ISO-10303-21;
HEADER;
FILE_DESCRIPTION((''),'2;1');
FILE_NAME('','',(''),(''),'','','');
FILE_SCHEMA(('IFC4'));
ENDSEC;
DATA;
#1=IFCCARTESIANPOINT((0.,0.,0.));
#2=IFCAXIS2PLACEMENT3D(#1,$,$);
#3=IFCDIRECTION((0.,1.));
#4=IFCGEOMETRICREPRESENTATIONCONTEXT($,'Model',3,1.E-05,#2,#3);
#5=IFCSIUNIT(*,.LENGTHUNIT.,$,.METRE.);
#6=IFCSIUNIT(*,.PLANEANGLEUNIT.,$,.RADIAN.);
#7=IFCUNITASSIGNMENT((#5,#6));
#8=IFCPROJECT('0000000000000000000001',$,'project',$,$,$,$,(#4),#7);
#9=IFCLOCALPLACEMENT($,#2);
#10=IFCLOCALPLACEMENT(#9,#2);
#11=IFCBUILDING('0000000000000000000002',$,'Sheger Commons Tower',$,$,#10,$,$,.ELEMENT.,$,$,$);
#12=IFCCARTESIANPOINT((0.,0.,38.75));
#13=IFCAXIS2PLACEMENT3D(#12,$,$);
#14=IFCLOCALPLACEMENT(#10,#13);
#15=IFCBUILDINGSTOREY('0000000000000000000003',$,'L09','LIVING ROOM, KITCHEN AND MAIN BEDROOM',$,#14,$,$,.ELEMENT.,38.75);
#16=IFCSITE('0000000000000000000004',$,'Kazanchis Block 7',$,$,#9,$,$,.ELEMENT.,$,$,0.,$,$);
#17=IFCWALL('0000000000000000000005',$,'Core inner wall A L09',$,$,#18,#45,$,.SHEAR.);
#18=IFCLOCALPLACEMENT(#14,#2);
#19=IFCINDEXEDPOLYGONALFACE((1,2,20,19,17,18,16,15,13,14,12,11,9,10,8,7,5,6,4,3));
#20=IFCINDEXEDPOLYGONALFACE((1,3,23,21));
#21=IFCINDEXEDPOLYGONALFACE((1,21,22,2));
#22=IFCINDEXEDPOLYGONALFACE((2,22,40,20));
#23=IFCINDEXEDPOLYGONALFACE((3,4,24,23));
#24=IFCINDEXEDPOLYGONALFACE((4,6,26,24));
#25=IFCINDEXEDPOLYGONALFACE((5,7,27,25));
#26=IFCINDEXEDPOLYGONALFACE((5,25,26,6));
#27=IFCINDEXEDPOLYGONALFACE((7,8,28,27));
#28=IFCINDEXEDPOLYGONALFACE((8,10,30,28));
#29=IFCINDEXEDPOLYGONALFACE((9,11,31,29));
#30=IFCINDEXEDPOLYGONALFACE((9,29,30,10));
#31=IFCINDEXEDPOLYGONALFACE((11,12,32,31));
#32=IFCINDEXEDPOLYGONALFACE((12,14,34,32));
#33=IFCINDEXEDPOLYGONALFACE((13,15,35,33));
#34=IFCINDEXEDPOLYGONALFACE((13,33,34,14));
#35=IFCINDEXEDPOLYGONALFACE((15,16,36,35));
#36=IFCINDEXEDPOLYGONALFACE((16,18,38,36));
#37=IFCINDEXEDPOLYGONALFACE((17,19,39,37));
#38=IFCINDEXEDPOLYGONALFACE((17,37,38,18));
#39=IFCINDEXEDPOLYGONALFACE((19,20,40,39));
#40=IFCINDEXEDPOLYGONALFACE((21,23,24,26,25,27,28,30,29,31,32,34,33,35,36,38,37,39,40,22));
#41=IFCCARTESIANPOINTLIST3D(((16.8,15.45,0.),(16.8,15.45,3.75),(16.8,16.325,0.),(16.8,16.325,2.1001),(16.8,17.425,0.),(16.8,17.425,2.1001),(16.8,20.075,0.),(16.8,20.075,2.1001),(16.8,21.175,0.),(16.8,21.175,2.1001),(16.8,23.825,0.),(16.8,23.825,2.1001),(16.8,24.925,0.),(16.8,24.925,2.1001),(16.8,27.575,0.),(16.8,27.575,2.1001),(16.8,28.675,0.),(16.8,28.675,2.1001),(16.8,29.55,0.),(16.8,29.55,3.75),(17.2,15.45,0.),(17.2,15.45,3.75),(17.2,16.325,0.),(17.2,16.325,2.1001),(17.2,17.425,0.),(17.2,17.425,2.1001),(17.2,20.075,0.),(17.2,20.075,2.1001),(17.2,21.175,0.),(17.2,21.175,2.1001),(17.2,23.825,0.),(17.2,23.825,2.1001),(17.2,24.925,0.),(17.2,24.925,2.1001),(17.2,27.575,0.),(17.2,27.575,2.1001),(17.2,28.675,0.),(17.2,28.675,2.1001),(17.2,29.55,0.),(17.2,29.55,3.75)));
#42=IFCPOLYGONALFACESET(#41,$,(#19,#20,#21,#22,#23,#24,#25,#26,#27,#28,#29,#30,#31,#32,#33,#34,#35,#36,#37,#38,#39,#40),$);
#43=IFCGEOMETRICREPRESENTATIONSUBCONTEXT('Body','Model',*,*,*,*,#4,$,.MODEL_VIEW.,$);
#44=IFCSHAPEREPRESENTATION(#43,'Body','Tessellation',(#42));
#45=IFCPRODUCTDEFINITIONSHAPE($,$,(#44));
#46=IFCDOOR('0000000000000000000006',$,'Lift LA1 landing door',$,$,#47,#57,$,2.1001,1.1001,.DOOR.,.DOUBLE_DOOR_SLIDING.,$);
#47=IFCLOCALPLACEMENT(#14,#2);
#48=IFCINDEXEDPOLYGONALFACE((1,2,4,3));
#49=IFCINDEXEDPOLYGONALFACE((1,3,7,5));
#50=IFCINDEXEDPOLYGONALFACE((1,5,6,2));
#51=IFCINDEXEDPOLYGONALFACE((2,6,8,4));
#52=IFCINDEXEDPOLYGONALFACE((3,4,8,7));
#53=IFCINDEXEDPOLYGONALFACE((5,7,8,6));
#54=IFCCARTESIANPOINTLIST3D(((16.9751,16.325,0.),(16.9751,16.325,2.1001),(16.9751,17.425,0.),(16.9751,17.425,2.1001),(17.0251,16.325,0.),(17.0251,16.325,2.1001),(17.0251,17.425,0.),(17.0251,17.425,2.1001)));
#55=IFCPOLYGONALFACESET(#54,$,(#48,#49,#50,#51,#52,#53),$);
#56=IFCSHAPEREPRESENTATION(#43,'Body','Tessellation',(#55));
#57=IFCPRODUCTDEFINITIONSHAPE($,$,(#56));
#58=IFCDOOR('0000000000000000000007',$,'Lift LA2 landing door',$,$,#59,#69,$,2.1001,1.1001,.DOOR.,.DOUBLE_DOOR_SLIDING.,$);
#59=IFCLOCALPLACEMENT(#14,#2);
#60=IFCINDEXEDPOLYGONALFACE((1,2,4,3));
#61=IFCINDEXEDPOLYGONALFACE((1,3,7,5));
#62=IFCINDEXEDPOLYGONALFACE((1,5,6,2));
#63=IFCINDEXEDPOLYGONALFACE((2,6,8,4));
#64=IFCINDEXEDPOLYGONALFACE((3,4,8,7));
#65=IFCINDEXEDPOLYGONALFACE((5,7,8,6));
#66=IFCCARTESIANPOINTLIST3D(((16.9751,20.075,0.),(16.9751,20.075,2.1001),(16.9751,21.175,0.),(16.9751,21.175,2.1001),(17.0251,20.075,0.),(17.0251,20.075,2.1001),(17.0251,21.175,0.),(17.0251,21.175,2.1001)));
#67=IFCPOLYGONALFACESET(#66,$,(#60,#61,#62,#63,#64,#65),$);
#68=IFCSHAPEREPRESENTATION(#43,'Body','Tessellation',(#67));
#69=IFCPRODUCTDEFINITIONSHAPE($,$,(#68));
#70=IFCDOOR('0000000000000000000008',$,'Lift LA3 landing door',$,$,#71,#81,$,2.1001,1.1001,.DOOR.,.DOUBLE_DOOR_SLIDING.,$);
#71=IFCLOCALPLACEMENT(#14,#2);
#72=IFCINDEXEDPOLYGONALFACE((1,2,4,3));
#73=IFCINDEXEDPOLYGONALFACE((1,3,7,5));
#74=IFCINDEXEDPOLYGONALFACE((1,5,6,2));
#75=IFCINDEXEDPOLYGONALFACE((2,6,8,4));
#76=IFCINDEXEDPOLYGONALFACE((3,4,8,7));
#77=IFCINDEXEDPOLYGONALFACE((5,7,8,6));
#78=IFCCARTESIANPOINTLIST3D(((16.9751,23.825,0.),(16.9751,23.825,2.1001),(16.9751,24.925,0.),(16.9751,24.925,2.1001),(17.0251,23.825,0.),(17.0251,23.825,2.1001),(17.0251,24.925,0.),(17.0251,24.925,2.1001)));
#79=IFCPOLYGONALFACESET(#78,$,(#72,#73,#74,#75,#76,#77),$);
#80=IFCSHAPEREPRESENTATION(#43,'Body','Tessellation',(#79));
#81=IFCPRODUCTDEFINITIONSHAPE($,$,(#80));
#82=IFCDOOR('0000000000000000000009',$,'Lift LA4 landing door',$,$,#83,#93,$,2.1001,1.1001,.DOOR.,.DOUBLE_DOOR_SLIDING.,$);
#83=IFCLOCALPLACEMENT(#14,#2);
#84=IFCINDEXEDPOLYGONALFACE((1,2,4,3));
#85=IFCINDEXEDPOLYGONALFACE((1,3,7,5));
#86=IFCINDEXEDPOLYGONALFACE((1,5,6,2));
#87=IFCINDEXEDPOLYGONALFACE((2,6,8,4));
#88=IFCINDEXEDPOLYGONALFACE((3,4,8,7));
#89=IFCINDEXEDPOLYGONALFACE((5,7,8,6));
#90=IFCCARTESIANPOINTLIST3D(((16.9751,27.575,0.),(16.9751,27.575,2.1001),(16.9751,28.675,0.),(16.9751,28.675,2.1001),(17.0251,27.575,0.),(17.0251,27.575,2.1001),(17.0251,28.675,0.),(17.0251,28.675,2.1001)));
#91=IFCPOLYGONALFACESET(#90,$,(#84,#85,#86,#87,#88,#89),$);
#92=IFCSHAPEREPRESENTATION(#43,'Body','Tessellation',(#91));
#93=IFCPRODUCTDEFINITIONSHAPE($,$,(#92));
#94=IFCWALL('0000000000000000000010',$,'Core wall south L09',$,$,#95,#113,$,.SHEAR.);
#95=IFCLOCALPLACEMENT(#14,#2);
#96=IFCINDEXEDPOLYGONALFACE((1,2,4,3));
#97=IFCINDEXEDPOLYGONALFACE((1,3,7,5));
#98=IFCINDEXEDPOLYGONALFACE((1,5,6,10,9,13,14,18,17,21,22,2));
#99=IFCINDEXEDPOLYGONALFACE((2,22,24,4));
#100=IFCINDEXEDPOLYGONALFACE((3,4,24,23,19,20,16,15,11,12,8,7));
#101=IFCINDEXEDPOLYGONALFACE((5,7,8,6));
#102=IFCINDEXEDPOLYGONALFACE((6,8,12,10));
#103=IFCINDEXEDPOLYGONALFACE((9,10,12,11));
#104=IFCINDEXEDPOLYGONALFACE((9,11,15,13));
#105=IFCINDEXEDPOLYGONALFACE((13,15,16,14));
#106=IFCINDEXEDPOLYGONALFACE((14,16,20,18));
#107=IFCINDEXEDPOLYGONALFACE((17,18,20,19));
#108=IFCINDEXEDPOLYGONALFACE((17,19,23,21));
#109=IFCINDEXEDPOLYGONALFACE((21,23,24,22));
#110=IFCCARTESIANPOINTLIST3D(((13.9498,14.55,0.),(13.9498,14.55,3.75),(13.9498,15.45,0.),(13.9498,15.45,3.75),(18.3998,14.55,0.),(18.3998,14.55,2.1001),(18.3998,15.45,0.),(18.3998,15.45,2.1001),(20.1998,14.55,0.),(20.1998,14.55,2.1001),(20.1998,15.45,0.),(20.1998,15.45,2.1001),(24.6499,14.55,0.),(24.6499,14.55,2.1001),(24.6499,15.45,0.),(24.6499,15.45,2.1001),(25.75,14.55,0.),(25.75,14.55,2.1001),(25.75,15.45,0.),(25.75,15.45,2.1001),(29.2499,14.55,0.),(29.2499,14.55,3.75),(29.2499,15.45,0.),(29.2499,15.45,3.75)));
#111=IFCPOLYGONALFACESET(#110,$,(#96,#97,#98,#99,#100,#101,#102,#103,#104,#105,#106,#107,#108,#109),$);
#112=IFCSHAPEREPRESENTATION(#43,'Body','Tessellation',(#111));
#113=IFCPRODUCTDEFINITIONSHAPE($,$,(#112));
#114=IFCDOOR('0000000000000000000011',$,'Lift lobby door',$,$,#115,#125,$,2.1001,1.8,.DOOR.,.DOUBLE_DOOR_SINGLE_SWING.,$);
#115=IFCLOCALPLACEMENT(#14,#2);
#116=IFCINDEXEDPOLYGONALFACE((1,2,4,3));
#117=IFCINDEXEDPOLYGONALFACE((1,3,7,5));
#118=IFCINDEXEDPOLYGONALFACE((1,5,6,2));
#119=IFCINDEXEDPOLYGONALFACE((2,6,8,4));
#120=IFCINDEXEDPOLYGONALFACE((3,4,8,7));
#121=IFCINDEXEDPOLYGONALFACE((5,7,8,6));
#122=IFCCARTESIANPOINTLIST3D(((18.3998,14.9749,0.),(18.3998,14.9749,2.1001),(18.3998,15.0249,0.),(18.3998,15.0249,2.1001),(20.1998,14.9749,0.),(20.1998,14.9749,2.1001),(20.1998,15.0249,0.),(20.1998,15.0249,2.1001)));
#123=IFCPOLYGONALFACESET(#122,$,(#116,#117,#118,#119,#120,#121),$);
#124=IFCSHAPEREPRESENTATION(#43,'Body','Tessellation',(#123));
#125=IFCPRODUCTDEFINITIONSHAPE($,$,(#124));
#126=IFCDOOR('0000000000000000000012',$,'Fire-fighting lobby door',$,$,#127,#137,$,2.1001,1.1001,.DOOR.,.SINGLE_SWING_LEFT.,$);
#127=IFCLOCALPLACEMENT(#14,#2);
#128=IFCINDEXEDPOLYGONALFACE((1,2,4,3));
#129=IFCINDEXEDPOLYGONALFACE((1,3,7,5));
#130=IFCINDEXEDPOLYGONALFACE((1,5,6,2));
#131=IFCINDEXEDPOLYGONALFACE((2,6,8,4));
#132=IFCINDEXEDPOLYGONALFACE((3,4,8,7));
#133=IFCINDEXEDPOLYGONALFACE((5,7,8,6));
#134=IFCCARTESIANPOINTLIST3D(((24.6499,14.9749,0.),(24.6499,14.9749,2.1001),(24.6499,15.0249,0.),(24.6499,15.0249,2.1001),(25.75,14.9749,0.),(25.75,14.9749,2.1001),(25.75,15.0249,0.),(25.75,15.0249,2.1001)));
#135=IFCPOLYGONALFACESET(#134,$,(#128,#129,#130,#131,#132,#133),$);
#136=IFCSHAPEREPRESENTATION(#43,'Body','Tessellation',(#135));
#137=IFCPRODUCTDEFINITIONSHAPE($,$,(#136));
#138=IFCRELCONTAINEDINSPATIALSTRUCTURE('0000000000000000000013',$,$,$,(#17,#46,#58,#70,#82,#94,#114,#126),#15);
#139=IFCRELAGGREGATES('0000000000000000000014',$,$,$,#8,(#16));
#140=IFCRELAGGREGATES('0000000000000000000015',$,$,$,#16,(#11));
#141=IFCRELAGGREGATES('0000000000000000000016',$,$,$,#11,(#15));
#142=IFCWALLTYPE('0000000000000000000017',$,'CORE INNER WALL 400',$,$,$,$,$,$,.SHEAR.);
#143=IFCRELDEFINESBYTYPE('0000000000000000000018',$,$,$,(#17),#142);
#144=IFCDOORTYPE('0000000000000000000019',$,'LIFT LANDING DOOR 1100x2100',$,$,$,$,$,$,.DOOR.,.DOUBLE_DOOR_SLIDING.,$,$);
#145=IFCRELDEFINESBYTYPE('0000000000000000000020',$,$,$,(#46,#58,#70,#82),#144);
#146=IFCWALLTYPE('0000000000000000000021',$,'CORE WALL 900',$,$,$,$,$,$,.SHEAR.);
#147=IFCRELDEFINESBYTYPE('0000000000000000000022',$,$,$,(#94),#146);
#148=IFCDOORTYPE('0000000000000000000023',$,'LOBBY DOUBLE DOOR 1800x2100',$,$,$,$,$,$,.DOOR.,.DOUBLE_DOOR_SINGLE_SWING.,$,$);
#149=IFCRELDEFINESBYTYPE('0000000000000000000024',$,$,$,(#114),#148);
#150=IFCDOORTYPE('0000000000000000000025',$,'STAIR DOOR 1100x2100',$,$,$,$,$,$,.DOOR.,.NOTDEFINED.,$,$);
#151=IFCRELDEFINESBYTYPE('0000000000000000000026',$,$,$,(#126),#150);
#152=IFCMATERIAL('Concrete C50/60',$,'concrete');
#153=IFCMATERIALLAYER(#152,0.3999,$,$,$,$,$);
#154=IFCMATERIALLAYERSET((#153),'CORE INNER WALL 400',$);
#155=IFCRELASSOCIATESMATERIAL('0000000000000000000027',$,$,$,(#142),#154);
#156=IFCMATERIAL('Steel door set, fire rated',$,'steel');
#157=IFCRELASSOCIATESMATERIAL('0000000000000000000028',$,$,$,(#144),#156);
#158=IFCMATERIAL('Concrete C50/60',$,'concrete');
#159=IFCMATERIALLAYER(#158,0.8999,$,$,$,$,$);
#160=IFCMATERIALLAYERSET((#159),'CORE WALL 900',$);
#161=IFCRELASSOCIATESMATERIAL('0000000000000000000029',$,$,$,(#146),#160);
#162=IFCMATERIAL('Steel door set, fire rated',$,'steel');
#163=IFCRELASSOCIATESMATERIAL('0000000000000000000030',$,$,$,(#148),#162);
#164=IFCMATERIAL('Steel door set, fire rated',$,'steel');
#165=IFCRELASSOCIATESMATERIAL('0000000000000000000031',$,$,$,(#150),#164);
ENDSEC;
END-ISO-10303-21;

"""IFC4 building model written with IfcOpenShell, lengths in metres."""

from ifc_helpers import new_model, si_unit, direction, frame, frame_2d, origin, place, context, subcontext, project, spatial, rectangle, extrude, material, layer, layer_set, type_object, element, fill, save


model = new_model("IFC4")

# Units and contexts
model_context = context("Model", 3, precision=1e-05, world=origin(), true_north=direction((0.0, 1.0)))
body_context = subcontext(model_context, "Body", "Model", "MODEL_VIEW")
ifc_project = project(units=[si_unit("LENGTHUNIT", "METRE"), si_unit("PLANEANGLEUNIT", "RADIAN")], contexts=[model_context])

# Site, building, storey
site_placement = place(None, origin())
site = spatial("IfcSite", under=ifc_project, at=site_placement, Name="Kazanchis Block 7", CompositionType="ELEMENT", RefElevation=0.0)
building_placement = place(site_placement, origin())
building = spatial("IfcBuilding", under=site, at=building_placement, Name="Sheger Commons Tower", CompositionType="ELEMENT")
storey_placement = place(building_placement, frame((0.0, 0.0, 38.75)))
storey = spatial("IfcBuildingStorey", under=building, at=storey_placement, Name="L09", Description="LIVING ROOM, KITCHEN AND MAIN BEDROOM", CompositionType="ELEMENT", Elevation=38.75)

# Walls, openings, doors
ifc_material_1 = material(Name="Concrete C50/60", Category="concrete")
ifc_layer_1 = layer(ifc_material_1, 0.3999)
ifc_layer_set_1 = layer_set([ifc_layer_1], Name="CORE INNER WALL 400")
wall_type_1 = type_object("IfcWallType", Name="CORE INNER WALL 400", PredefinedType="SHEAR", material=ifc_layer_set_1)
wall_1_placement = place(storey_placement, frame((17.0, 15.45, 0.0), z_axis=(0.0, 0.0, 1.0), x_axis=(0.0, 1.0, 0.0)))
wall_1 = element("IfcWall", 1, at=wall_1_placement, inside=storey, type_object=wall_type_1, Name="Core inner wall A L09", PredefinedType="SHEAR", context=body_context, shape_type="SweptSolid", body=[
    extrude(rectangle(XDim=14.1001, YDim=0.3999, at=frame_2d((7.05, 0.0))), origin(), (0.0, 0.0, 1.0), 3.75),
])
opening_1_placement = place(wall_1_placement, frame((0.875, 0.0, 0.0)))
opening_1 = element("IfcOpeningElement", 2, at=opening_1_placement, cuts=wall_1, PredefinedType="OPENING", context=body_context, shape_type="SweptSolid", body=[
    extrude(rectangle(XDim=1.1001, YDim=2.1001, at=frame_2d((0.55, 1.05))), frame((0.0, 0.21, 0.0), z_axis=(0.0, -1.0, 0.0), x_axis=(1.0, 0.0, 0.0)), (0.0, 0.0, 1.0), 0.4199),
])
opening_2_placement = place(wall_1_placement, frame((4.625, 0.0, 0.0)))
opening_2 = element("IfcOpeningElement", 3, at=opening_2_placement, cuts=wall_1, PredefinedType="OPENING", context=body_context, shape_type="SweptSolid", body=[
    extrude(rectangle(XDim=1.1001, YDim=2.1001, at=frame_2d((0.55, 1.05))), frame((0.0, 0.21, 0.0), z_axis=(0.0, -1.0, 0.0), x_axis=(1.0, 0.0, 0.0)), (0.0, 0.0, 1.0), 0.4199),
])
opening_3_placement = place(wall_1_placement, frame((8.375, 0.0, 0.0)))
opening_3 = element("IfcOpeningElement", 4, at=opening_3_placement, cuts=wall_1, PredefinedType="OPENING", context=body_context, shape_type="SweptSolid", body=[
    extrude(rectangle(XDim=1.1001, YDim=2.1001, at=frame_2d((0.55, 1.05))), frame((0.0, 0.21, 0.0), z_axis=(0.0, -1.0, 0.0), x_axis=(1.0, 0.0, 0.0)), (0.0, 0.0, 1.0), 0.4199),
])
opening_4_placement = place(wall_1_placement, frame((12.125, 0.0, 0.0)))
opening_4 = element("IfcOpeningElement", 5, at=opening_4_placement, cuts=wall_1, PredefinedType="OPENING", context=body_context, shape_type="SweptSolid", body=[
    extrude(rectangle(XDim=1.1001, YDim=2.1001, at=frame_2d((0.55, 1.05))), frame((0.0, 0.21, 0.0), z_axis=(0.0, -1.0, 0.0), x_axis=(1.0, 0.0, 0.0)), (0.0, 0.0, 1.0), 0.4199),
])
ifc_material_2 = material(Name="Steel door set, fire rated", Category="steel")
door_type_1 = type_object("IfcDoorType", Name="LIFT LANDING DOOR 1100x2100", OperationType="DOUBLE_DOOR_SLIDING", PredefinedType="DOOR", material=ifc_material_2)
door_1_placement = place(opening_1_placement, origin())
door_1 = element("IfcDoor", 6, at=door_1_placement, inside=storey, type_object=door_type_1, Name="Lift LA1 landing door", OperationType="DOUBLE_DOOR_SLIDING", OverallHeight=2.1001, OverallWidth=1.1001, PredefinedType="DOOR", context=body_context, shape_type="SweptSolid", body=[
    extrude(rectangle(XDim=1.1001, YDim=2.1001, at=frame_2d((0.55, 1.05))), frame((0.0, 0.0249, 0.0), z_axis=(0.0, -1.0, 0.0), x_axis=(1.0, 0.0, 0.0)), (0.0, 0.0, 1.0), 0.05),
])
fill(opening_1, door_1)
door_2_placement = place(opening_2_placement, origin())
door_2 = element("IfcDoor", 7, at=door_2_placement, inside=storey, type_object=door_type_1, Name="Lift LA2 landing door", OperationType="DOUBLE_DOOR_SLIDING", OverallHeight=2.1001, OverallWidth=1.1001, PredefinedType="DOOR", context=body_context, shape_type="SweptSolid", body=[
    extrude(rectangle(XDim=1.1001, YDim=2.1001, at=frame_2d((0.55, 1.05))), frame((0.0, 0.0249, 0.0), z_axis=(0.0, -1.0, 0.0), x_axis=(1.0, 0.0, 0.0)), (0.0, 0.0, 1.0), 0.05),
])
fill(opening_2, door_2)
door_3_placement = place(opening_3_placement, origin())
door_3 = element("IfcDoor", 8, at=door_3_placement, inside=storey, type_object=door_type_1, Name="Lift LA3 landing door", OperationType="DOUBLE_DOOR_SLIDING", OverallHeight=2.1001, OverallWidth=1.1001, PredefinedType="DOOR", context=body_context, shape_type="SweptSolid", body=[
    extrude(rectangle(XDim=1.1001, YDim=2.1001, at=frame_2d((0.55, 1.05))), frame((0.0, 0.0249, 0.0), z_axis=(0.0, -1.0, 0.0), x_axis=(1.0, 0.0, 0.0)), (0.0, 0.0, 1.0), 0.05),
])
fill(opening_3, door_3)
door_4_placement = place(opening_4_placement, origin())
door_4 = element("IfcDoor", 9, at=door_4_placement, inside=storey, type_object=door_type_1, Name="Lift LA4 landing door", OperationType="DOUBLE_DOOR_SLIDING", OverallHeight=2.1001, OverallWidth=1.1001, PredefinedType="DOOR", context=body_context, shape_type="SweptSolid", body=[
    extrude(rectangle(XDim=1.1001, YDim=2.1001, at=frame_2d((0.55, 1.05))), frame((0.0, 0.0249, 0.0), z_axis=(0.0, -1.0, 0.0), x_axis=(1.0, 0.0, 0.0)), (0.0, 0.0, 1.0), 0.05),
])
fill(opening_4, door_4)
ifc_material_3 = material(Name="Concrete C50/60", Category="concrete")
ifc_layer_2 = layer(ifc_material_3, 0.8999)
ifc_layer_set_2 = layer_set([ifc_layer_2], Name="CORE WALL 900")
wall_type_2 = type_object("IfcWallType", Name="CORE WALL 900", PredefinedType="SHEAR", material=ifc_layer_set_2)
wall_2_placement = place(storey_placement, frame((13.95, 15.0, 0.0), z_axis=(0.0, 0.0, 1.0), x_axis=(1.0, 0.0, 0.0)))
wall_2 = element("IfcWall", 10, at=wall_2_placement, inside=storey, type_object=wall_type_2, Name="Core wall south L09", PredefinedType="SHEAR", context=body_context, shape_type="SweptSolid", body=[
    extrude(rectangle(XDim=15.3, YDim=0.8999, at=frame_2d((7.6499, 0.0))), origin(), (0.0, 0.0, 1.0), 3.75),
])
opening_5_placement = place(wall_2_placement, frame((4.45, 0.0, 0.0)))
opening_5 = element("IfcOpeningElement", 11, at=opening_5_placement, cuts=wall_2, PredefinedType="OPENING", context=body_context, shape_type="SweptSolid", body=[
    extrude(rectangle(XDim=1.8, YDim=2.1001, at=frame_2d((0.8999, 1.05))), frame((0.0, 0.46, 0.0), z_axis=(0.0, -1.0, 0.0), x_axis=(1.0, 0.0, 0.0)), (0.0, 0.0, 1.0), 0.9199),
])
opening_6_placement = place(wall_2_placement, frame((10.7, 0.0, 0.0)))
opening_6 = element("IfcOpeningElement", 12, at=opening_6_placement, cuts=wall_2, PredefinedType="OPENING", context=body_context, shape_type="SweptSolid", body=[
    extrude(rectangle(XDim=1.1001, YDim=2.1001, at=frame_2d((0.55, 1.05))), frame((0.0, 0.46, 0.0), z_axis=(0.0, -1.0, 0.0), x_axis=(1.0, 0.0, 0.0)), (0.0, 0.0, 1.0), 0.9199),
])
ifc_material_4 = material(Name="Steel door set, fire rated", Category="steel")
door_type_2 = type_object("IfcDoorType", Name="LOBBY DOUBLE DOOR 1800x2100", OperationType="DOUBLE_DOOR_SINGLE_SWING", PredefinedType="DOOR", material=ifc_material_4)
door_5_placement = place(opening_5_placement, origin())
door_5 = element("IfcDoor", 13, at=door_5_placement, inside=storey, type_object=door_type_2, Name="Lift lobby door", OperationType="DOUBLE_DOOR_SINGLE_SWING", OverallHeight=2.1001, OverallWidth=1.8, PredefinedType="DOOR", context=body_context, shape_type="SweptSolid", body=[
    extrude(rectangle(XDim=1.8, YDim=2.1001, at=frame_2d((0.8999, 1.05))), frame((0.0, 0.0249, 0.0), z_axis=(0.0, -1.0, 0.0), x_axis=(1.0, 0.0, 0.0)), (0.0, 0.0, 1.0), 0.05),
])
fill(opening_5, door_5)
ifc_material_5 = material(Name="Steel door set, fire rated", Category="steel")
door_type_3 = type_object("IfcDoorType", Name="STAIR DOOR 1100x2100", OperationType="NOTDEFINED", PredefinedType="DOOR", material=ifc_material_5)
door_6_placement = place(opening_6_placement, origin())
door_6 = element("IfcDoor", 14, at=door_6_placement, inside=storey, type_object=door_type_3, Name="Fire-fighting lobby door", OperationType="SINGLE_SWING_LEFT", OverallHeight=2.1001, OverallWidth=1.1001, PredefinedType="DOOR", context=body_context, shape_type="SweptSolid", body=[
    extrude(rectangle(XDim=1.1001, YDim=2.1001, at=frame_2d((0.55, 1.05))), frame((0.0, 0.0249, 0.0), z_axis=(0.0, -1.0, 0.0), x_axis=(1.0, 0.0, 0.0)), (0.0, 0.0, 1.0), 0.05),
])
fill(opening_6, door_6)

save(model, "model.ifc")
